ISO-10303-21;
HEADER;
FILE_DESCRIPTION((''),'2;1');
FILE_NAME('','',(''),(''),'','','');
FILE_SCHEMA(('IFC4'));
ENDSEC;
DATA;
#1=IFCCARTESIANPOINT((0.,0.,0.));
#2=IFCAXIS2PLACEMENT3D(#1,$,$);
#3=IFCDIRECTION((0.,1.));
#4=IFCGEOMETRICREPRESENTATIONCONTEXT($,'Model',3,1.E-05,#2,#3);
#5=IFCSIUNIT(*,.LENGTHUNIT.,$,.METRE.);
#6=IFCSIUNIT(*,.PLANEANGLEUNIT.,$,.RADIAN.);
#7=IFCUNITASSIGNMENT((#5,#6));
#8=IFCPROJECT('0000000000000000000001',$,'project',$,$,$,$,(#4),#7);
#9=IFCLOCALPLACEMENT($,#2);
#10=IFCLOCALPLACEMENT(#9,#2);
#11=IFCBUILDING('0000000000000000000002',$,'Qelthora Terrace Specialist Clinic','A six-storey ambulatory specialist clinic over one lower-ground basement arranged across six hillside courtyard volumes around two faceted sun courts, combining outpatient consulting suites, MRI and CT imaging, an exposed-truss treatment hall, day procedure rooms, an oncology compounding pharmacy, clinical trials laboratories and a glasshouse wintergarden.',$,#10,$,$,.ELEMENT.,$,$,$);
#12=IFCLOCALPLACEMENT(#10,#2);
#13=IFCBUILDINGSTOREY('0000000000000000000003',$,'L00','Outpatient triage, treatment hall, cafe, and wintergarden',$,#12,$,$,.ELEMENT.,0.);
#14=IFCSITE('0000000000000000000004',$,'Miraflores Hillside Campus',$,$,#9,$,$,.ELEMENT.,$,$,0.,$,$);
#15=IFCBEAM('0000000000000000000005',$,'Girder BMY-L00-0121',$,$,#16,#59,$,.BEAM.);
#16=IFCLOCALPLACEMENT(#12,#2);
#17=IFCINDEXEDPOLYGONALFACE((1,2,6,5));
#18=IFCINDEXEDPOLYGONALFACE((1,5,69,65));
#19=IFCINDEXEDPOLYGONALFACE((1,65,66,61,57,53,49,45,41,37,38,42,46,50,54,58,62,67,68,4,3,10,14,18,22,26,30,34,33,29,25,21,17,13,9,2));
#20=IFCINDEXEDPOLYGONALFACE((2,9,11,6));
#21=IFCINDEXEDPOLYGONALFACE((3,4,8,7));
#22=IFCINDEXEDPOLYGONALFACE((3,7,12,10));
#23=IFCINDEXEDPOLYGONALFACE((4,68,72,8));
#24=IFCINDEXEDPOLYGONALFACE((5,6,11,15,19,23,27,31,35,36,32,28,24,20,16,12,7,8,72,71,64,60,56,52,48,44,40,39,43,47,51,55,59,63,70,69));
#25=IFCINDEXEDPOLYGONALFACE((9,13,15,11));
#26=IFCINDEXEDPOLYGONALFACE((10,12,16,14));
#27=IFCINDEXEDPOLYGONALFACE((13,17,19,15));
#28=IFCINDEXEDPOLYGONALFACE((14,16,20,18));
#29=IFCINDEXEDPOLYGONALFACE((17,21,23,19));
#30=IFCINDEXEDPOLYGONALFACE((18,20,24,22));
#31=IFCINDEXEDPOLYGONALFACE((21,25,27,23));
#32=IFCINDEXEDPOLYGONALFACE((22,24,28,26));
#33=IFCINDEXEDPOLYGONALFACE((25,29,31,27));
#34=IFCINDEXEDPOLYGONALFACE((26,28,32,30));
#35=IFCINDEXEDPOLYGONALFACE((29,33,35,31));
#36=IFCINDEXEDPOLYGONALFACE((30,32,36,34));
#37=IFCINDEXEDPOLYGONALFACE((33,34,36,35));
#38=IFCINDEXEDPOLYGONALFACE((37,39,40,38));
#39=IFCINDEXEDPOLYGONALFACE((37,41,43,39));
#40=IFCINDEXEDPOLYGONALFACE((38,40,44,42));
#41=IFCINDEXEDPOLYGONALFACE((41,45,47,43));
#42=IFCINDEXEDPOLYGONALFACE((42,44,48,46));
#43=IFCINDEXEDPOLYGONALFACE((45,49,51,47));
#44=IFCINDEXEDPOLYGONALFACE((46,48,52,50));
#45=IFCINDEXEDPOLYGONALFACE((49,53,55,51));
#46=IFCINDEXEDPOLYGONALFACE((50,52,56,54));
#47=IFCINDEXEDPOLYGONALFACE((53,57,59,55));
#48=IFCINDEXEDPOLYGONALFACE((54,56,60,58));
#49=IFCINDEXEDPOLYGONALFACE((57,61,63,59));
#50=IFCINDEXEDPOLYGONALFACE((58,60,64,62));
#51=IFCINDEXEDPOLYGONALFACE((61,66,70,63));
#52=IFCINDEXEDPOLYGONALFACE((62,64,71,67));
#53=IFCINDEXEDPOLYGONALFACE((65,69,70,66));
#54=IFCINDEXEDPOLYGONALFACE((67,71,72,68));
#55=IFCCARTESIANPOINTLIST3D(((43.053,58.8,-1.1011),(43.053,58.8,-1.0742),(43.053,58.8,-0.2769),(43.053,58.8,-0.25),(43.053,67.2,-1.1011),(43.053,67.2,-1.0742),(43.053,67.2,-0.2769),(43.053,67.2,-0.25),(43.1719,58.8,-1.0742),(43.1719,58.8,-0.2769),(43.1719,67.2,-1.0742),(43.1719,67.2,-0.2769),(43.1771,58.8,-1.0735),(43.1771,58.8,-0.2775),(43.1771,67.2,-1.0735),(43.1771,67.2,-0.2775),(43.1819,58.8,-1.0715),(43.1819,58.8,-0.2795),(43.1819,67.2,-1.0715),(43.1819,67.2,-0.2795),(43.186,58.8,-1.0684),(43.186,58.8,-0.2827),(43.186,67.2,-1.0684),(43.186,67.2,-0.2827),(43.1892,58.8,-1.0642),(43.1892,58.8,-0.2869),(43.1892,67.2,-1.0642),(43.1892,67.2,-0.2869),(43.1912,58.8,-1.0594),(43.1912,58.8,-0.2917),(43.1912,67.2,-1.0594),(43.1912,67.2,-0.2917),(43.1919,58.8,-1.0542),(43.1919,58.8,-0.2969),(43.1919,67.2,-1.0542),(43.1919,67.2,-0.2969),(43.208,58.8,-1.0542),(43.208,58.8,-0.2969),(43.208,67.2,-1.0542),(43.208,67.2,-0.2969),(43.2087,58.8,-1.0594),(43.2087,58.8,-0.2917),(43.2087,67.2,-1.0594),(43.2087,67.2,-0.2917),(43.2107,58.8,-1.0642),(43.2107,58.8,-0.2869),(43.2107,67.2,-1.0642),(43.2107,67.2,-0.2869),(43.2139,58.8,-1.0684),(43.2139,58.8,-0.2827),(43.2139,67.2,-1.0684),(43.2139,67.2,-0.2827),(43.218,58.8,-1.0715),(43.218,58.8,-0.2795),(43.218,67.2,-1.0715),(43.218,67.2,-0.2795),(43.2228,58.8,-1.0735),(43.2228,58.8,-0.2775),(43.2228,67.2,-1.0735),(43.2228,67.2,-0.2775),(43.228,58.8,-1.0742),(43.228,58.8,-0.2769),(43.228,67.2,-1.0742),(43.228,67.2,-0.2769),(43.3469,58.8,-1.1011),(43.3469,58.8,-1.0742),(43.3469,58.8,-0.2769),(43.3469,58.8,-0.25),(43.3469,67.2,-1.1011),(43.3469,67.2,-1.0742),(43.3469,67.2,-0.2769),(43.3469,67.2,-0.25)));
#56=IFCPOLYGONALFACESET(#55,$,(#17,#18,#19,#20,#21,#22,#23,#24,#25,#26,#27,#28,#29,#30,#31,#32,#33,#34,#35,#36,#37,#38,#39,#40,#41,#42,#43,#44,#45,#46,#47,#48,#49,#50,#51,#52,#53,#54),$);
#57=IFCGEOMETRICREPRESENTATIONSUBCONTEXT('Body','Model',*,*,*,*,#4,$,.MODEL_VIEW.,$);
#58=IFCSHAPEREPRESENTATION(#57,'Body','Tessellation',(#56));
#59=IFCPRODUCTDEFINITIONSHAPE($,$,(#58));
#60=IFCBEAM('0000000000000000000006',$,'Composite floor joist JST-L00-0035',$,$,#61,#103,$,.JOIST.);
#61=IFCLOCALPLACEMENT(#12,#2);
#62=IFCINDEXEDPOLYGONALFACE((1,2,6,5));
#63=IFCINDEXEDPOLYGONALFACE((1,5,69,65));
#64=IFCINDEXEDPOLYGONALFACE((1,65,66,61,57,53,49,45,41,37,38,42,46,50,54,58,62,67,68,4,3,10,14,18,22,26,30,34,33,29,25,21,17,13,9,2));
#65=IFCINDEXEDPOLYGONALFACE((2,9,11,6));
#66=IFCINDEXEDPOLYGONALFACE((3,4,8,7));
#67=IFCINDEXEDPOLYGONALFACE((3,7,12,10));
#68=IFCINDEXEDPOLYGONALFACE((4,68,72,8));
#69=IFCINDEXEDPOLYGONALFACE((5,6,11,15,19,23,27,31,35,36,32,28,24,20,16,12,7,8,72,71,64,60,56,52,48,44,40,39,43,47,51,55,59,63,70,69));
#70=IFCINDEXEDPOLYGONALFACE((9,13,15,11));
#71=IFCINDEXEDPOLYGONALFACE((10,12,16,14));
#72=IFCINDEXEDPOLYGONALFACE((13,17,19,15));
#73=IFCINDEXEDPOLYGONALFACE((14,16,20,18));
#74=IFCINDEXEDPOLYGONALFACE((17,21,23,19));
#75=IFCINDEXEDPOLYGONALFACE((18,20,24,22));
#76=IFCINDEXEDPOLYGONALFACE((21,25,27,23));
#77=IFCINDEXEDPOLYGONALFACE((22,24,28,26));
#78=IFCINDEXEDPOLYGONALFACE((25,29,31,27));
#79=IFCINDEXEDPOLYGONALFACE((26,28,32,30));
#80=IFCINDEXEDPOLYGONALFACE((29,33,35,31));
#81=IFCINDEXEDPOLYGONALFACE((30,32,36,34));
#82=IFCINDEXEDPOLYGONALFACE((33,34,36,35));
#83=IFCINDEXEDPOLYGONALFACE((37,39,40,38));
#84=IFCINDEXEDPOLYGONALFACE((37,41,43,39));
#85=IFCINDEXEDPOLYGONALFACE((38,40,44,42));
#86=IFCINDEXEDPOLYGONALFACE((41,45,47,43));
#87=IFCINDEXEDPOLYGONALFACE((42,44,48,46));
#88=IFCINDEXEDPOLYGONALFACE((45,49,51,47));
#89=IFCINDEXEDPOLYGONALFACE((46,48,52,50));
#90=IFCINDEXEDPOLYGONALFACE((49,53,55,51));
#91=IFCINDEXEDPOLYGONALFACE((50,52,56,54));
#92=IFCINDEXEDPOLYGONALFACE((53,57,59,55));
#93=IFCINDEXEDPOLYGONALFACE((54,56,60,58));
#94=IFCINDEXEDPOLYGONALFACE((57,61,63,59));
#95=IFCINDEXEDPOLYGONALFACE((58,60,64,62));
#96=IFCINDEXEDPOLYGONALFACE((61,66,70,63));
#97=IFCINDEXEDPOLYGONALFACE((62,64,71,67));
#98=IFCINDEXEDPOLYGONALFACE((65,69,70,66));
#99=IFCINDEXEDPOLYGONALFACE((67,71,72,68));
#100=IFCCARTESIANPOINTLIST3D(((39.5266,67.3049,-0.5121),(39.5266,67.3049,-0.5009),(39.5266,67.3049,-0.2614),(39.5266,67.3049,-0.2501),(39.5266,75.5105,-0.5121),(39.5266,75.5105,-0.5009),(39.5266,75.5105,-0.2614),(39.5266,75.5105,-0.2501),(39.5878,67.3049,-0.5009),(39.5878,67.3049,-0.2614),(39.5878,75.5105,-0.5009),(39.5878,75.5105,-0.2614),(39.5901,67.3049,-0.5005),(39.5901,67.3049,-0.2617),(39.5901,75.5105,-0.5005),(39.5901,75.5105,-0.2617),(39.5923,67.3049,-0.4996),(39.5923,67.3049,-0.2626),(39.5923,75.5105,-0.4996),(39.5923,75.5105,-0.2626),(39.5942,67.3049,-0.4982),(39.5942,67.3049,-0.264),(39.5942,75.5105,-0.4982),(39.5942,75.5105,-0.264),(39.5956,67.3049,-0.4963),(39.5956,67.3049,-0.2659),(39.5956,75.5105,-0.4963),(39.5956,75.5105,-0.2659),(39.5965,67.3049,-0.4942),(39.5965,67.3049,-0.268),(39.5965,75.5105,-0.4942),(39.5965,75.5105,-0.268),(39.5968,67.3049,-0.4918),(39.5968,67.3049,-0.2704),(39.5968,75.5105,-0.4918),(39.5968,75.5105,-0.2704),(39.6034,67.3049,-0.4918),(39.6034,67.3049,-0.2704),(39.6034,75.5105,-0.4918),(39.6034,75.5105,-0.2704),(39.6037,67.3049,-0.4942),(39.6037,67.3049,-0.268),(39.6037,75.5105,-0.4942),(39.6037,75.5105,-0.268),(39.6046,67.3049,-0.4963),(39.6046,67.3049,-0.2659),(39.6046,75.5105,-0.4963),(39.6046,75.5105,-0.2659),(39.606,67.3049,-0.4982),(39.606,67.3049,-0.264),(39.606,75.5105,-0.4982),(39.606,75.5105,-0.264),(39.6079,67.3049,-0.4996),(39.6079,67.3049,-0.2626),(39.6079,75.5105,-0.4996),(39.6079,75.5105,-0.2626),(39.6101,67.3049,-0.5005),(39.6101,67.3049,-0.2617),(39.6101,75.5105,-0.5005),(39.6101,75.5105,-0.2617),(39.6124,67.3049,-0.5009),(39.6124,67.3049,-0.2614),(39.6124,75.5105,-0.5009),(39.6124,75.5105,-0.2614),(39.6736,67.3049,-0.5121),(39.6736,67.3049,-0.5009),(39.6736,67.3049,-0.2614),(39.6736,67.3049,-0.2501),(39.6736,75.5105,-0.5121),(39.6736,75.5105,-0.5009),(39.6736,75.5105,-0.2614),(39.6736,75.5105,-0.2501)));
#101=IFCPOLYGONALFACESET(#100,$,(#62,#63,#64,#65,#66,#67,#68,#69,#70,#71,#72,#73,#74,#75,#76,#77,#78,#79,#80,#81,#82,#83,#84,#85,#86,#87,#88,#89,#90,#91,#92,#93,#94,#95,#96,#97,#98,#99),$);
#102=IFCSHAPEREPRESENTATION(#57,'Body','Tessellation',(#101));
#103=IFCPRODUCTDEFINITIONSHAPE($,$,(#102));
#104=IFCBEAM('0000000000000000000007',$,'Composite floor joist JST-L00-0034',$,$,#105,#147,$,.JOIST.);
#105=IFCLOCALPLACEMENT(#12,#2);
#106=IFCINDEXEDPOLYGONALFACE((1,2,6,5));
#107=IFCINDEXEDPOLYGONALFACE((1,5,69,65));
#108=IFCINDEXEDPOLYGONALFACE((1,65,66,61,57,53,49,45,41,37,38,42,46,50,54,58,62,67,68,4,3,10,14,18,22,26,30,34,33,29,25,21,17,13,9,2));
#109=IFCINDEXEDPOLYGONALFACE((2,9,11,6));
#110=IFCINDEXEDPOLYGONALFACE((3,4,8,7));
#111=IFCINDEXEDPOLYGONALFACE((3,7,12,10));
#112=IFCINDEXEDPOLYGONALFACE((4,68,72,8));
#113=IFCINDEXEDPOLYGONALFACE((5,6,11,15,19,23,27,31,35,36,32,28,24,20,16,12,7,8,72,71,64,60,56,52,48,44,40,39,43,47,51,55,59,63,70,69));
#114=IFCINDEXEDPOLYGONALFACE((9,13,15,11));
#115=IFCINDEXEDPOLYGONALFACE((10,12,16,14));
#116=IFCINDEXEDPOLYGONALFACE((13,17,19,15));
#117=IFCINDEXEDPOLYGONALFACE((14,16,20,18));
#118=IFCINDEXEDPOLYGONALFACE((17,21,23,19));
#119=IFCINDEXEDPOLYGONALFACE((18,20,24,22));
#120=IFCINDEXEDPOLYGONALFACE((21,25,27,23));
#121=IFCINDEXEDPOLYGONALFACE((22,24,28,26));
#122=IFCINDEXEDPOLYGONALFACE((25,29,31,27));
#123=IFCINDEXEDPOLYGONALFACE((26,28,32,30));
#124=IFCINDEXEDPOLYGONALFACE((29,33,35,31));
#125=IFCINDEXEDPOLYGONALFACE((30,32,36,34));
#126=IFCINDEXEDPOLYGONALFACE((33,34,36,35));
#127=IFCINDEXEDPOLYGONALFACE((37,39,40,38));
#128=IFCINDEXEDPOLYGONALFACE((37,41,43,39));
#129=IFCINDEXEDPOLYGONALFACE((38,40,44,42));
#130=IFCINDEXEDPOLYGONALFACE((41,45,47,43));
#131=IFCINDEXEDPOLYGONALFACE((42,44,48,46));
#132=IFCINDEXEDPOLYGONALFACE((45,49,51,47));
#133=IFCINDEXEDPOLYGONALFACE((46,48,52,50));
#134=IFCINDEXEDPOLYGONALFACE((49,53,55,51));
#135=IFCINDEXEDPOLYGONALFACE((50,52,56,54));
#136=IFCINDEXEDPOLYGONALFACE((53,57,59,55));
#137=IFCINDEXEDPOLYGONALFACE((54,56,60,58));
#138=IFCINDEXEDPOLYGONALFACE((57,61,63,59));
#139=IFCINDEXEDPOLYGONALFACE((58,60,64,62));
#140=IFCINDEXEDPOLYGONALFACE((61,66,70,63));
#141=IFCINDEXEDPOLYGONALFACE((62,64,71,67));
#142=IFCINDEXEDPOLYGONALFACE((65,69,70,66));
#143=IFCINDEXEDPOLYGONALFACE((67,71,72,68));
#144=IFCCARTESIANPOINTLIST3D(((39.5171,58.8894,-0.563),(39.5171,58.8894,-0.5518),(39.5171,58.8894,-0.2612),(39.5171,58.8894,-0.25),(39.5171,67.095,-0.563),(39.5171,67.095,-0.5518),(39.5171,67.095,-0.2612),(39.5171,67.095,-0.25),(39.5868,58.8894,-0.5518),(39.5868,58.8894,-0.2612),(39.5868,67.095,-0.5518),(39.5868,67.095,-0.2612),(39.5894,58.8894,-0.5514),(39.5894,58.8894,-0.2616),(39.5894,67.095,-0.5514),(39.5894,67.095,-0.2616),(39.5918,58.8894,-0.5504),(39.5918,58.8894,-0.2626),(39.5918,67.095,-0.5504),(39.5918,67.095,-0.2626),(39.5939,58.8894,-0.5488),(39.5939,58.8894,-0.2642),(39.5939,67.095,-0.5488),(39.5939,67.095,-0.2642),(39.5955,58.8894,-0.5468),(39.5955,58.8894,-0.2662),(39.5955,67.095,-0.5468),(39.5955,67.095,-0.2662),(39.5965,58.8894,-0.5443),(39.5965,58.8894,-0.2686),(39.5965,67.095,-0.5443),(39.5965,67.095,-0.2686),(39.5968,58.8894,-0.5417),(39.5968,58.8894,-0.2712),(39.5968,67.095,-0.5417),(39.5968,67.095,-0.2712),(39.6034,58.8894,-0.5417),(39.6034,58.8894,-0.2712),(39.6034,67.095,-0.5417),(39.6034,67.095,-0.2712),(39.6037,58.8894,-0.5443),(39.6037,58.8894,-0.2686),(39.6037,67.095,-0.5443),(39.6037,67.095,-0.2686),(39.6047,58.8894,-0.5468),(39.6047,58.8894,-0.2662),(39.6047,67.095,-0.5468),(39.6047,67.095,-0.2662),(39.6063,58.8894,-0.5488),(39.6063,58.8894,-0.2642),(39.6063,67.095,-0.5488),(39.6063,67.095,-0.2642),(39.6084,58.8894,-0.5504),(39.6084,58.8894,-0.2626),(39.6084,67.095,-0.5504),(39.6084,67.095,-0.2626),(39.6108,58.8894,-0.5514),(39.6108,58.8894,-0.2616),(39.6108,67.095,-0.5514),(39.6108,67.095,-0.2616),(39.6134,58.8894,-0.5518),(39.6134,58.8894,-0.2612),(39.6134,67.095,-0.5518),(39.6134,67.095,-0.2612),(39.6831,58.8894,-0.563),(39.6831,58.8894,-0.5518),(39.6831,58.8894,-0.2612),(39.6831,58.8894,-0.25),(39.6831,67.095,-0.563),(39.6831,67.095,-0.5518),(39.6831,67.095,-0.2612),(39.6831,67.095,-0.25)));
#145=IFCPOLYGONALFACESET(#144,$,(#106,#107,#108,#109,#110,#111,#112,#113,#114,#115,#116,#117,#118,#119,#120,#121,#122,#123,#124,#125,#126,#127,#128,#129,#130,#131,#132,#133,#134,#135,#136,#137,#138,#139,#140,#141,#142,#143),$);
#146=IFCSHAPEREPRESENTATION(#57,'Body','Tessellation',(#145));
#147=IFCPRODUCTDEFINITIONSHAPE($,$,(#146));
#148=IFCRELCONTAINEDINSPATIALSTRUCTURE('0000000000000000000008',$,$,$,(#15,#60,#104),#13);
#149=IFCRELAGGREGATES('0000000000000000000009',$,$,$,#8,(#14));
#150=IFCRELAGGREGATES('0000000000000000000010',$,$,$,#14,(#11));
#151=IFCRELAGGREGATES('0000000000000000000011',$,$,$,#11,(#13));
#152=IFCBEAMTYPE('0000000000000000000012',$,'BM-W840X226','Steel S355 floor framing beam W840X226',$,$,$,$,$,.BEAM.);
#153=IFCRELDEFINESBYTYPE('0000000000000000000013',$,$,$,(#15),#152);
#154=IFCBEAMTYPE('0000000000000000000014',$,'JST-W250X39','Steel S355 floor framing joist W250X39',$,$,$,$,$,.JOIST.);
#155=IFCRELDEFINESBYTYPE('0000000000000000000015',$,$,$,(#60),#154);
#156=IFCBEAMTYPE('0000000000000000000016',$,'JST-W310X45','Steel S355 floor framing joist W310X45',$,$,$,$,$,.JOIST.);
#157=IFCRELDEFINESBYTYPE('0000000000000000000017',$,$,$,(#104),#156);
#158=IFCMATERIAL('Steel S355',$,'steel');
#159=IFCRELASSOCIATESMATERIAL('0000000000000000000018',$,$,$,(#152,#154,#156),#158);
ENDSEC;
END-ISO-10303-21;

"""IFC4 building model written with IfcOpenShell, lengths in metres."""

from ifc_helpers import new_model, si_unit, direction, frame, origin, origin_2d, place, context, subcontext, project, spatial, i_section, extrude, material, material_profile, profile_set, type_object, element, save


model = new_model("IFC4")

# Units and contexts
model_context = context("Model", 3, precision=1e-05, world=origin(), true_north=direction((0.0, 1.0)))
body_context = subcontext(model_context, "Body", "Model", "MODEL_VIEW")
ifc_project = project(units=[si_unit("LENGTHUNIT", "METRE"), si_unit("PLANEANGLEUNIT", "RADIAN")], contexts=[model_context])

# Site, building, storey
site_placement = place(None, origin())
site = spatial("IfcSite", under=ifc_project, at=site_placement, Name="Miraflores Hillside Campus", CompositionType="ELEMENT", RefElevation=0.0)
building_placement = place(site_placement, origin())
building = spatial("IfcBuilding", under=site, at=building_placement, Name="Qelthora Terrace Specialist Clinic", Description="A six-storey ambulatory specialist clinic over one lower-ground basement arranged across six hillside courtyard volumes around two faceted sun courts, combining outpatient consulting suites, MRI and CT imaging, an exposed-truss treatment hall, day procedure rooms, an oncology compounding pharmacy, clinical trials laboratories and a glasshouse wintergarden.", CompositionType="ELEMENT")
storey_placement = place(building_placement, origin())
storey = spatial("IfcBuildingStorey", under=building, at=storey_placement, Name="L00", Description="Outpatient triage, treatment hall, cafe, and wintergarden", CompositionType="ELEMENT", Elevation=0.0)

# Shared definitions
ifc_material_1 = material(Name="Steel S355", Category="steel")

# Beams
ifc_material_profile_1 = material_profile(ifc_material_1, i_section(OverallWidth=0.2939, OverallDepth=0.8511, WebThickness=0.0161, FlangeThickness=0.0269, FilletRadius=0.02, at=origin_2d()), Name="W840X226")
ifc_profile_set_1 = profile_set([ifc_material_profile_1], Name="Steel S355")
beam_type_1 = type_object("IfcBeamType", Name="BM-W840X226", Description="Steel S355 floor framing beam W840X226", PredefinedType="BEAM", material=ifc_profile_set_1)
beam_1_placement = place(storey_placement, frame((43.2, 58.8, -0.6755), z_axis=(0.0, 1.0, 0.0), x_axis=(-1.0, 0.0, 0.0)))
element("IfcBeam", 1, at=beam_1_placement, inside=storey, type_object=beam_type_1, Name="Girder BMY-L00-0121", PredefinedType="BEAM", context=body_context, shape_type="SweptSolid", body=[
    extrude(i_section(OverallWidth=0.2939, OverallDepth=0.8511, WebThickness=0.0161, FlangeThickness=0.0269, FilletRadius=0.02, at=origin_2d()), origin(), (0.0, 0.0, 1.0), 8.3999),
])
ifc_material_profile_2 = material_profile(ifc_material_1, i_section(OverallWidth=0.147, OverallDepth=0.262, WebThickness=0.0066, FlangeThickness=0.0112, FilletRadius=0.009, at=origin_2d()), Name="W250X39")
ifc_profile_set_2 = profile_set([ifc_material_profile_2], Name="Steel S355")
beam_type_2 = type_object("IfcBeamType", Name="JST-W250X39", Description="Steel S355 floor framing joist W250X39", PredefinedType="JOIST", material=ifc_profile_set_2)
beam_2_placement = place(storey_placement, frame((39.6001, 67.3049, -0.3811), z_axis=(0.0, 1.0, 0.0), x_axis=(-1.0, 0.0, 0.0)))
element("IfcBeam", 2, at=beam_2_placement, inside=storey, type_object=beam_type_2, Name="Composite floor joist JST-L00-0035", PredefinedType="JOIST", context=body_context, shape_type="SweptSolid", body=[
    extrude(i_section(OverallWidth=0.147, OverallDepth=0.262, WebThickness=0.0066, FlangeThickness=0.0112, FilletRadius=0.009, at=origin_2d()), origin(), (0.0, 0.0, 1.0), 8.2056),
])
ifc_material_profile_3 = material_profile(ifc_material_1, i_section(OverallWidth=0.166, OverallDepth=0.313, WebThickness=0.0066, FlangeThickness=0.0112, FilletRadius=0.01, at=origin_2d()), Name="W310X45")
ifc_profile_set_3 = profile_set([ifc_material_profile_3], Name="Steel S355")
beam_type_3 = type_object("IfcBeamType", Name="JST-W310X45", Description="Steel S355 floor framing joist W310X45", PredefinedType="JOIST", material=ifc_profile_set_3)
beam_3_placement = place(storey_placement, frame((39.6001, 58.8894, -0.4065), z_axis=(0.0, 1.0, 0.0), x_axis=(-1.0, 0.0, 0.0)))
element("IfcBeam", 3, at=beam_3_placement, inside=storey, type_object=beam_type_3, Name="Composite floor joist JST-L00-0034", PredefinedType="JOIST", context=body_context, shape_type="SweptSolid", body=[
    extrude(i_section(OverallWidth=0.166, OverallDepth=0.313, WebThickness=0.0066, FlangeThickness=0.0112, FilletRadius=0.01, at=origin_2d()), origin(), (0.0, 0.0, 1.0), 8.2056),
])

save(model, "model.ifc")
